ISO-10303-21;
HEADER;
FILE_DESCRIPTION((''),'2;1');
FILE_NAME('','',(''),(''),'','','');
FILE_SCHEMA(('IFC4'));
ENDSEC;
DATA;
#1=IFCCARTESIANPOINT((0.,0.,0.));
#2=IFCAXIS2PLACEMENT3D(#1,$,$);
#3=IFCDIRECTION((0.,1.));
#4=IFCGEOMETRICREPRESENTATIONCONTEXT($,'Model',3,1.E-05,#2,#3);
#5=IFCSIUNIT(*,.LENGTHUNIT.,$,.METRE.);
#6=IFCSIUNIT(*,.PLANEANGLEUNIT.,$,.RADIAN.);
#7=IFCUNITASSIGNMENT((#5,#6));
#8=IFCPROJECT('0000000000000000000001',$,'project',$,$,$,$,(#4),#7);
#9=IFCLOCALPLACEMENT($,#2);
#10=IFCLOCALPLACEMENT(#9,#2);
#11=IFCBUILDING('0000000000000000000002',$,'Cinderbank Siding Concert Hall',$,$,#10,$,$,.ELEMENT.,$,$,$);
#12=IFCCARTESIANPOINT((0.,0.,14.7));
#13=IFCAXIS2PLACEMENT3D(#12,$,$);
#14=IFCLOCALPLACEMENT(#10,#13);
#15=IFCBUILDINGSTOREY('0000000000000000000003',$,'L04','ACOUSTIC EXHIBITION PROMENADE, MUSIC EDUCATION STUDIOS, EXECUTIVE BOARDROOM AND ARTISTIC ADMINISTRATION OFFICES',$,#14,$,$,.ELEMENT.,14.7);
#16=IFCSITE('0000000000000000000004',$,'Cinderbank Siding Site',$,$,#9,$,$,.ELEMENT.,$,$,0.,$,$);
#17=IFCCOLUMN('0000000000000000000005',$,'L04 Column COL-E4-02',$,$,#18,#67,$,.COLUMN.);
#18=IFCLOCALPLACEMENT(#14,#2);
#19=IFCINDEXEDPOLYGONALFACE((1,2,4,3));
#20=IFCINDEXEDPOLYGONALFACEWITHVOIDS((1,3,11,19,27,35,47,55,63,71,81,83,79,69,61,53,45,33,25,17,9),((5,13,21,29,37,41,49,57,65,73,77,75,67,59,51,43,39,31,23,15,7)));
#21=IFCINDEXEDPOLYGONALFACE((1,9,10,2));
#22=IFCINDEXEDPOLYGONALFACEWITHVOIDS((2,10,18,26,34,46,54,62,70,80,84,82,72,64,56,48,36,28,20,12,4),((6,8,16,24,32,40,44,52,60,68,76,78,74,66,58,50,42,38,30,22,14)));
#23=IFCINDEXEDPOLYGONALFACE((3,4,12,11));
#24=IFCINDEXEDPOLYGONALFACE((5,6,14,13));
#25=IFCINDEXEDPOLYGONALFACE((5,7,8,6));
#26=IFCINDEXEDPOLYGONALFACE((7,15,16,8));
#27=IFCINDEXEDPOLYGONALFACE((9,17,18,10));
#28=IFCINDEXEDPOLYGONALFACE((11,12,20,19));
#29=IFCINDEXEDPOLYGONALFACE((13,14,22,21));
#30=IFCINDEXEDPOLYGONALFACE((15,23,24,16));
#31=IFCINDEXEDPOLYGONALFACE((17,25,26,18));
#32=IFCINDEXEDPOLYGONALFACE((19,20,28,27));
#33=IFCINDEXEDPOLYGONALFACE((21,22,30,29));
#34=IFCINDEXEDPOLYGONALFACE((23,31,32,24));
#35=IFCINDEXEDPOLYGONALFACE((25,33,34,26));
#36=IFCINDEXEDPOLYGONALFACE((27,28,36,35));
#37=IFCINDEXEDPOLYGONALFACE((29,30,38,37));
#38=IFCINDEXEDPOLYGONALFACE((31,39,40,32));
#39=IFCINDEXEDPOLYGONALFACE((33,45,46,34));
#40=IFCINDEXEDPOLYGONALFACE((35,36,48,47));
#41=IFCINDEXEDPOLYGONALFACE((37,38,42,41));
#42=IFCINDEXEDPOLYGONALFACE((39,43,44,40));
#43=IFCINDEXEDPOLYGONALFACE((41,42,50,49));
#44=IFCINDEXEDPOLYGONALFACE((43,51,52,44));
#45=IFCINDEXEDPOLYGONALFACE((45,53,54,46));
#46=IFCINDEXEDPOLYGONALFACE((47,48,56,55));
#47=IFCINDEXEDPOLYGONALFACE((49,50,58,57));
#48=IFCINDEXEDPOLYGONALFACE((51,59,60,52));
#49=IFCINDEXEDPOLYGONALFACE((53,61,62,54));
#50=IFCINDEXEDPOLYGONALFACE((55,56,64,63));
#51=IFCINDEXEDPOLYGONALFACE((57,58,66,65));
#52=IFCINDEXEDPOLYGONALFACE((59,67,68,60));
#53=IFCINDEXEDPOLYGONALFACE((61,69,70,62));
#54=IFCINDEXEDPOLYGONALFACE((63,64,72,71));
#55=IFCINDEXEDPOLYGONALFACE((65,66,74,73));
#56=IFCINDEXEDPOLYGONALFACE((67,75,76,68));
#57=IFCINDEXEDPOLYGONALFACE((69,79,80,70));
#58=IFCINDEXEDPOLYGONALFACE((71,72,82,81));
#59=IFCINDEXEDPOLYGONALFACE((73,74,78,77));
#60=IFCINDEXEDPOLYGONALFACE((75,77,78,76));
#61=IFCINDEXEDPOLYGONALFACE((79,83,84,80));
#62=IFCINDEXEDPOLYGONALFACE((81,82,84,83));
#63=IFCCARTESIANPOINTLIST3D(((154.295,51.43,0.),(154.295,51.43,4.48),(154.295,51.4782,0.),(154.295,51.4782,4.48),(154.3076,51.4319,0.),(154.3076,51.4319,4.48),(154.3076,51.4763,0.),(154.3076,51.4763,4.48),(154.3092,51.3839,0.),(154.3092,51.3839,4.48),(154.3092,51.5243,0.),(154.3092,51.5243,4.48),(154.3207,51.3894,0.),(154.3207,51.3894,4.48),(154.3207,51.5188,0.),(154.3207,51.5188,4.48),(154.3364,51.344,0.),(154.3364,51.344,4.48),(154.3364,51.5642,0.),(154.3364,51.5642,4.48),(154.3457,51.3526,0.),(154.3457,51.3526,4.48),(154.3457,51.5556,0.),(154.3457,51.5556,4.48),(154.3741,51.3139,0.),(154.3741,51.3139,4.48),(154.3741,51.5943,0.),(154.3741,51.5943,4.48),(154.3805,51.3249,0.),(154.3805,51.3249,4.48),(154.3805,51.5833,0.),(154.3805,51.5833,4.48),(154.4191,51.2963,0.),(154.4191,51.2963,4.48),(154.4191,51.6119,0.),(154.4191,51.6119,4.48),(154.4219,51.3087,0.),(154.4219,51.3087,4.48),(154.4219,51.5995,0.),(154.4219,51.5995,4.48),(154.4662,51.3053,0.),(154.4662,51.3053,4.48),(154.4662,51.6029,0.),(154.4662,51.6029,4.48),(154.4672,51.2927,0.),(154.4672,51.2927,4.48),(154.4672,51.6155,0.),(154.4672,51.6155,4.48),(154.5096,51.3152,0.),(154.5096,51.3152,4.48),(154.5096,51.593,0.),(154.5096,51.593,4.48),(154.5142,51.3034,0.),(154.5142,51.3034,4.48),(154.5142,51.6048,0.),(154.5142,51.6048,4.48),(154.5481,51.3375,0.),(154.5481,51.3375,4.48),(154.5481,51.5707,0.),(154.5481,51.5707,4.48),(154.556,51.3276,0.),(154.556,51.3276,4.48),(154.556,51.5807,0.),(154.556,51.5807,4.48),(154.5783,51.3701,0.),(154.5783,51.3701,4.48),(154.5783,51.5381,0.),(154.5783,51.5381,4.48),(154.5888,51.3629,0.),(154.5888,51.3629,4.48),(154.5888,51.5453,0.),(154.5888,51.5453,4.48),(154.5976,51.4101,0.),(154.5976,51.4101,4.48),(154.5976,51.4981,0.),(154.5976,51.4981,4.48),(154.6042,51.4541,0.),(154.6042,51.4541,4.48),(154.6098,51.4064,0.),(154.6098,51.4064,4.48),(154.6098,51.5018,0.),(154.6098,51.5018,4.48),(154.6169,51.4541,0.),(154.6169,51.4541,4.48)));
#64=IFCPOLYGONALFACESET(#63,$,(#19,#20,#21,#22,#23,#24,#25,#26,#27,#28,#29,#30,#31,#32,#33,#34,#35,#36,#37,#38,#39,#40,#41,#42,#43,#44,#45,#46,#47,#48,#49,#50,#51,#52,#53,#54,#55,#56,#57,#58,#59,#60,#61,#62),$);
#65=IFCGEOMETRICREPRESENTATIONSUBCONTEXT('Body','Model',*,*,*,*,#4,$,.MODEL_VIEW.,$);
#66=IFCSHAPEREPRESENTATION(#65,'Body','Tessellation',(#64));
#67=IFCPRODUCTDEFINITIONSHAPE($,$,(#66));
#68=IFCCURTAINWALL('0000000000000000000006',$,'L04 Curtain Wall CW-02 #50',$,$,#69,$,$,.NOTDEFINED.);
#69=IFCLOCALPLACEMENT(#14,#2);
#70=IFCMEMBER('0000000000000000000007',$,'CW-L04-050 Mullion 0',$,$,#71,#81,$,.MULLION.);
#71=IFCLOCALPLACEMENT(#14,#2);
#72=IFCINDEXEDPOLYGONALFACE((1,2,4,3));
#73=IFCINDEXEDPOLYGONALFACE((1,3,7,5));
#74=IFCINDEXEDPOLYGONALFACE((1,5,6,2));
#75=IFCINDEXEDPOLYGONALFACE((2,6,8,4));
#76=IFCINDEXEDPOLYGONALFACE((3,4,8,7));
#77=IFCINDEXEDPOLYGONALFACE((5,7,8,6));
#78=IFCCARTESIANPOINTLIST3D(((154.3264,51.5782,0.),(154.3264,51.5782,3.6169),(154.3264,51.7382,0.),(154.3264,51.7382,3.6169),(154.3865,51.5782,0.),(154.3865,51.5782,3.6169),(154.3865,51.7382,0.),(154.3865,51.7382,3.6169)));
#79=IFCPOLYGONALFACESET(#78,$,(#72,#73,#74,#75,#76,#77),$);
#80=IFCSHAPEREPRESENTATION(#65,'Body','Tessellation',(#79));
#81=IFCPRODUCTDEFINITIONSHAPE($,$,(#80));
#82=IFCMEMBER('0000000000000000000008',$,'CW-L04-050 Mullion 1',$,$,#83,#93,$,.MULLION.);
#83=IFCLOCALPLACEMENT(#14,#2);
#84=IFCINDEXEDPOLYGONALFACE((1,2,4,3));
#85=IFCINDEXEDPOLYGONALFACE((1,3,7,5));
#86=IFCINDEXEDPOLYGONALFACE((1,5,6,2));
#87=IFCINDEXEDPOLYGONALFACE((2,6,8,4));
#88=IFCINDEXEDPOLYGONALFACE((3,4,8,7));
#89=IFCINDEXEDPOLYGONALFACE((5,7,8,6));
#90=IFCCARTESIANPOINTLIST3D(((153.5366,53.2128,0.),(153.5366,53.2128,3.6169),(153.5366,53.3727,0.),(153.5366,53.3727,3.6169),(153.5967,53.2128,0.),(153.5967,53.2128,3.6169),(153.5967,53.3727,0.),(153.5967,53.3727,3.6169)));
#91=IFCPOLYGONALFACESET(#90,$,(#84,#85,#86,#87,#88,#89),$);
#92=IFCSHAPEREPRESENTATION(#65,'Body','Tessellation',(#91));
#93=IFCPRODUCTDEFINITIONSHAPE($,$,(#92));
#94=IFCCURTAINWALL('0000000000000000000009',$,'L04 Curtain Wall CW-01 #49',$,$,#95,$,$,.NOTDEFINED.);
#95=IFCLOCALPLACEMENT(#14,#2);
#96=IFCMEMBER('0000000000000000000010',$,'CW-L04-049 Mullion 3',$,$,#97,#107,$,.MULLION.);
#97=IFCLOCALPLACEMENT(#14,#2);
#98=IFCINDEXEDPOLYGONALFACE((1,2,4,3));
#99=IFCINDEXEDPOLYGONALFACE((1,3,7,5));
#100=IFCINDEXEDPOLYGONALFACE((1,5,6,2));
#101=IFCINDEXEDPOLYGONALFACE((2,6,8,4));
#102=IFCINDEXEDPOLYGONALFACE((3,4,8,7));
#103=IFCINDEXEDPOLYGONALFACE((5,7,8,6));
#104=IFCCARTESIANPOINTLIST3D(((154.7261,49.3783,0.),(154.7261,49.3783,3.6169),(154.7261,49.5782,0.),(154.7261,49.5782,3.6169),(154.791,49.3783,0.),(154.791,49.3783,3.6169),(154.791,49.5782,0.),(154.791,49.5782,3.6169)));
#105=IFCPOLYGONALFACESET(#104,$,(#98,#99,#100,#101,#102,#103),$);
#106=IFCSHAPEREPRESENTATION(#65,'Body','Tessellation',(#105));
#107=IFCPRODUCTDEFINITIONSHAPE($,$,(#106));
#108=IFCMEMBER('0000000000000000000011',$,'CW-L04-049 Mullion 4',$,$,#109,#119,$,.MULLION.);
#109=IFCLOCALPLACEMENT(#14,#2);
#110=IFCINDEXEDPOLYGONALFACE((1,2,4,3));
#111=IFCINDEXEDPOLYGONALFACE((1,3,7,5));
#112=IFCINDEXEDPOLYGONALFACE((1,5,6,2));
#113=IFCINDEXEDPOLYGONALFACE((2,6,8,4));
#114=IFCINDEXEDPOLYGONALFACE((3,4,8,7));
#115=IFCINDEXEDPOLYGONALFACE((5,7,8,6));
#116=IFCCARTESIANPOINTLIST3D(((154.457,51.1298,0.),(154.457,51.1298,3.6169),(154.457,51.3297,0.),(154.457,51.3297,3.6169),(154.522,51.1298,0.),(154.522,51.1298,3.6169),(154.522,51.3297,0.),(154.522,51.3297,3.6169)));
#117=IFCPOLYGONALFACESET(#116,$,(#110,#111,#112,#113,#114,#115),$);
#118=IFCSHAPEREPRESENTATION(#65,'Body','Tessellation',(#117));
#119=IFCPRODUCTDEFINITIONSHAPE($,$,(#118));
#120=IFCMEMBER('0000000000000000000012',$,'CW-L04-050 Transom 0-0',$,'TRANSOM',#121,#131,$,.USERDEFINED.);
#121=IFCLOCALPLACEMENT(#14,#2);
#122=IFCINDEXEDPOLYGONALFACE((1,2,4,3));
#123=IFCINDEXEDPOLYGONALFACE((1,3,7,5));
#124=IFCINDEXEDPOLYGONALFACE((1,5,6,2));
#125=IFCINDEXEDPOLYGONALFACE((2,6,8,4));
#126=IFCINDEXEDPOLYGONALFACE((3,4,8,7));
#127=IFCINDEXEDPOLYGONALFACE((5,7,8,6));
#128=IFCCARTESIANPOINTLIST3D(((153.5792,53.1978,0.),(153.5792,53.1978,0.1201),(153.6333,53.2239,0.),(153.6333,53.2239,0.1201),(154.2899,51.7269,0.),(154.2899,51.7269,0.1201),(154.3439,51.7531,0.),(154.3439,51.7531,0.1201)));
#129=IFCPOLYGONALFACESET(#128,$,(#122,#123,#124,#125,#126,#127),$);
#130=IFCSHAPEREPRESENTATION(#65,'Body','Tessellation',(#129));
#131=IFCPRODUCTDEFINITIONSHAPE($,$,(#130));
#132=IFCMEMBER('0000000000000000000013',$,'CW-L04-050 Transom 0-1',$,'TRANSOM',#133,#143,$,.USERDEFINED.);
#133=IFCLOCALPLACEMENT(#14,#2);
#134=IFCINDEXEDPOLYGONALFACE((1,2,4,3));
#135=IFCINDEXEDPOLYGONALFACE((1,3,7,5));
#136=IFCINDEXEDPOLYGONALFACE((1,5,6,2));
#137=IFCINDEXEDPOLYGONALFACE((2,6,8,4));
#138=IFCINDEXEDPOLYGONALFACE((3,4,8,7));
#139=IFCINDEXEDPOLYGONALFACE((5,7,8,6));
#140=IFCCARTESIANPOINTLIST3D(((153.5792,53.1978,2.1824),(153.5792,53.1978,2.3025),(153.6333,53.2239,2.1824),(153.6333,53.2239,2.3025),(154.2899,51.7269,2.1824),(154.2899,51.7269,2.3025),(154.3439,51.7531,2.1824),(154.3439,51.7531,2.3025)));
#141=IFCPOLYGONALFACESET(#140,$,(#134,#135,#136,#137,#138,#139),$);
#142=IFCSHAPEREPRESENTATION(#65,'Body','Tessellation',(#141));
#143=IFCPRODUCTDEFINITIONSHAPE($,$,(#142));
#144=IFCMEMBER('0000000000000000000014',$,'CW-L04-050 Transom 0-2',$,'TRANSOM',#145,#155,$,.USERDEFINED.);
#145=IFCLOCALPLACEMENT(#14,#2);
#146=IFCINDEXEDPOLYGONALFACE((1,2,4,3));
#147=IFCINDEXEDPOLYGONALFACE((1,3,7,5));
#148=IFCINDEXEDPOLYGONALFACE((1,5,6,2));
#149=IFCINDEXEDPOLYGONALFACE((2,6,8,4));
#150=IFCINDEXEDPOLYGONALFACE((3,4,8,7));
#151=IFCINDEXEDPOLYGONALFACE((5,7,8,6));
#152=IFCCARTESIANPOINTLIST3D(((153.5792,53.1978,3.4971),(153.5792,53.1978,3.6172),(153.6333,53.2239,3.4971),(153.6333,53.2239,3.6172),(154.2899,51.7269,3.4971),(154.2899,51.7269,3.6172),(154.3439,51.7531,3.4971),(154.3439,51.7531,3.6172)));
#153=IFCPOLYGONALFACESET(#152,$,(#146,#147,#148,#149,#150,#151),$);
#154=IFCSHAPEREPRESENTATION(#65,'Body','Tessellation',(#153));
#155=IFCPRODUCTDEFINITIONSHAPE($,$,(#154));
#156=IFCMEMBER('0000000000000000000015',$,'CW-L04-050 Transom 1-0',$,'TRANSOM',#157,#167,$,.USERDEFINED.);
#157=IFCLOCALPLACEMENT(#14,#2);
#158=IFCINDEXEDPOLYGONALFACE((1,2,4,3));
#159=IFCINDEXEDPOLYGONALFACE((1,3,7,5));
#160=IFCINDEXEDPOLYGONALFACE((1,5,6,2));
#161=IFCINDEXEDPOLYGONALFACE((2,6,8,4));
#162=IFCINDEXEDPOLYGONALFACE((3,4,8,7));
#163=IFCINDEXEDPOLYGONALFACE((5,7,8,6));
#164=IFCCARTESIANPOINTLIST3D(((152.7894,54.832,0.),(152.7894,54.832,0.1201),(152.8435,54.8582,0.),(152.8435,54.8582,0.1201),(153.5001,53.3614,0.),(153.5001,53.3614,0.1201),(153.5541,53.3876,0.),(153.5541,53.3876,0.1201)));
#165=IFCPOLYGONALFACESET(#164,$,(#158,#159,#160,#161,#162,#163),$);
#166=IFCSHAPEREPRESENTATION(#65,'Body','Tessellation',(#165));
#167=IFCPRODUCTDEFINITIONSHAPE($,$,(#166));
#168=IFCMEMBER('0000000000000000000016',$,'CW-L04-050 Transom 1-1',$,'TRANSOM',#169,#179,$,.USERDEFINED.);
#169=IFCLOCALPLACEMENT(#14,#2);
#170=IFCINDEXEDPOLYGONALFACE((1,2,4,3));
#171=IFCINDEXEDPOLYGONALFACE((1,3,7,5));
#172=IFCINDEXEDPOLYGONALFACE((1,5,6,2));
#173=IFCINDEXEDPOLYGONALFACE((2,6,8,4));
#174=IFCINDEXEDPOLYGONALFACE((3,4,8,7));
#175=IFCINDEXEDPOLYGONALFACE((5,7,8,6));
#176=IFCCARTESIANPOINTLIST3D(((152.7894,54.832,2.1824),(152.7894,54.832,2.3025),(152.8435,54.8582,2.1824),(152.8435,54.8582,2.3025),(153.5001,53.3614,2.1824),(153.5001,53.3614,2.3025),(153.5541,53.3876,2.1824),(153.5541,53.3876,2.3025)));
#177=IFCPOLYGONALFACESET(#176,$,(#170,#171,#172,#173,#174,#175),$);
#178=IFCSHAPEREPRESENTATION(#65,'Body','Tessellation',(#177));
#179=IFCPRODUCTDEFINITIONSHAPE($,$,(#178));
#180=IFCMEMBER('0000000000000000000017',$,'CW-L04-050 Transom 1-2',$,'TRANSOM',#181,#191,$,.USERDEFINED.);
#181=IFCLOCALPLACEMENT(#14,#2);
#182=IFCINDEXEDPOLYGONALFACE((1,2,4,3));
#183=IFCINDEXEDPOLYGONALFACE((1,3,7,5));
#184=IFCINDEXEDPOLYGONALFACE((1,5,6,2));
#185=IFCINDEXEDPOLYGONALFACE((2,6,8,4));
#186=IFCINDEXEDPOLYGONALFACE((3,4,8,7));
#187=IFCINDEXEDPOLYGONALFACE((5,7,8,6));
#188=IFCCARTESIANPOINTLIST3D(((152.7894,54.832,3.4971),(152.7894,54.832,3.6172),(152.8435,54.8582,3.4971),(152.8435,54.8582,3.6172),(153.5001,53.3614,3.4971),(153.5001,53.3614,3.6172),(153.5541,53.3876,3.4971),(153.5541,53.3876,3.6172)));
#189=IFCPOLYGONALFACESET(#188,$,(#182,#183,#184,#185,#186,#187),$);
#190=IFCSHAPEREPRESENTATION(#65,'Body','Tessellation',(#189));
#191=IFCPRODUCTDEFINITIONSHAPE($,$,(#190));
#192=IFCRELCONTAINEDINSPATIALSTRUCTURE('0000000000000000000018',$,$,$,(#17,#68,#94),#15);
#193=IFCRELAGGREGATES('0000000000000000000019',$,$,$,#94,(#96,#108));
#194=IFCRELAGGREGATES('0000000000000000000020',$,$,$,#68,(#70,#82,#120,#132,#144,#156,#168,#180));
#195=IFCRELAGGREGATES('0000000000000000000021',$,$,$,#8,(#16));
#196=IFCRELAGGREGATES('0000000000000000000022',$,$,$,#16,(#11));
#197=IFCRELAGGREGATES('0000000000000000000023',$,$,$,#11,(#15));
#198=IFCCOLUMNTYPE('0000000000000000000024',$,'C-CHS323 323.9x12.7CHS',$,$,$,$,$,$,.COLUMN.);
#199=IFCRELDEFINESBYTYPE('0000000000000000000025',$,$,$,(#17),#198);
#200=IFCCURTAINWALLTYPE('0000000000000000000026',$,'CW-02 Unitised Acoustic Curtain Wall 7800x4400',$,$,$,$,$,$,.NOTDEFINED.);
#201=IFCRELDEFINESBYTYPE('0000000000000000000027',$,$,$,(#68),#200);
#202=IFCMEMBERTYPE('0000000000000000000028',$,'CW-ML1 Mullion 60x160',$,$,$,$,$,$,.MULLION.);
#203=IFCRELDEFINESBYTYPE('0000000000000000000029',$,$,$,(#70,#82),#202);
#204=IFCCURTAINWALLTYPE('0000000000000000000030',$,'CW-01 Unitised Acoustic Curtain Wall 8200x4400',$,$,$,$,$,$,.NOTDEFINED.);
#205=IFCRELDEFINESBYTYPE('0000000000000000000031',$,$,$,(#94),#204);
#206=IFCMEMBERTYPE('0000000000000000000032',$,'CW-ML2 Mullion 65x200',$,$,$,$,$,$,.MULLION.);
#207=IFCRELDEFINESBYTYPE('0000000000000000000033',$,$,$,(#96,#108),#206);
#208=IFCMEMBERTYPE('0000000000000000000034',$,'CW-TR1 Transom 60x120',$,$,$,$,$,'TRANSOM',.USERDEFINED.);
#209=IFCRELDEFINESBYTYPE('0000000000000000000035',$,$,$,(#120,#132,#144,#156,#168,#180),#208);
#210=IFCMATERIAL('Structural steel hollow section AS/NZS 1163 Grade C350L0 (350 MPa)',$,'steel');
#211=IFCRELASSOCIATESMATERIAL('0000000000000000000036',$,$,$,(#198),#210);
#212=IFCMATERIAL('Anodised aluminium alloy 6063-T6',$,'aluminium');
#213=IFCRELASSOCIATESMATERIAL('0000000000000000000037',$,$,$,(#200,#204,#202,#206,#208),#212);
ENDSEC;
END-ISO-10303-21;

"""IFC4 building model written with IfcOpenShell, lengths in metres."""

from ifc_helpers import new_model, si_unit, direction, frame, origin, origin_2d, place, context, subcontext, project, spatial, rectangle, hollow_circle, extrude, material, material_profile, profile_set, type_object, element, aggregate, save


model = new_model("IFC4")

# Units and contexts
model_context = context("Model", 3, precision=1e-05, world=origin(), true_north=direction((0.0, 1.0)))
body_context = subcontext(model_context, "Body", "Model", "MODEL_VIEW")
ifc_project = project(units=[si_unit("LENGTHUNIT", "METRE"), si_unit("PLANEANGLEUNIT", "RADIAN")], contexts=[model_context])

# Site, building, storey
site_placement = place(None, origin())
site = spatial("IfcSite", under=ifc_project, at=site_placement, Name="Cinderbank Siding Site", CompositionType="ELEMENT", RefElevation=0.0)
building_placement = place(site_placement, origin())
building = spatial("IfcBuilding", under=site, at=building_placement, Name="Cinderbank Siding Concert Hall", CompositionType="ELEMENT")
storey_placement = place(building_placement, frame((0.0, 0.0, 14.7)))
storey = spatial("IfcBuildingStorey", under=building, at=storey_placement, Name="L04", Description="ACOUSTIC EXHIBITION PROMENADE, MUSIC EDUCATION STUDIOS, EXECUTIVE BOARDROOM AND ARTISTIC ADMINISTRATION OFFICES", CompositionType="ELEMENT", Elevation=14.7)

# Column
ifc_material_1 = material(Name="Structural steel hollow section AS/NZS 1163 Grade C350L0 (350 MPa)", Category="steel")
ifc_material_profile_1 = material_profile(ifc_material_1, hollow_circle(Radius=0.1619, WallThickness=0.0127, at=origin_2d()), Name="323.9x12.7CHS", Category="LoadBearing")
ifc_profile_set_1 = profile_set([ifc_material_profile_1], Name="Structural steel hollow section AS/NZS 1163 Grade C350L0 (350 MPa)")
column_type = type_object("IfcColumnType", Name="C-CHS323 323.9x12.7CHS", PredefinedType="COLUMN", material=ifc_profile_set_1)
column_placement = place(storey_placement, frame((154.4551, 51.4541, 0.0), z_axis=(0.0, 0.0, 1.0), x_axis=(1.0, 0.0, 0.0)))
element("IfcColumn", 1, at=column_placement, inside=storey, type_object=column_type, Name="L04 Column COL-E4-02", PredefinedType="COLUMN", context=body_context, shape_type="SweptSolid", body=[
    extrude(hollow_circle(Radius=0.1619, WallThickness=0.0127, at=origin_2d()), origin(), (0.0, 0.0, 1.0), 4.48),
])

# Curtain walls, members
ifc_material_2 = material(Name="Anodised aluminium alloy 6063-T6", Category="aluminium")
curtain_wall_type_1 = type_object("IfcCurtainWallType", Name="CW-02 Unitised Acoustic Curtain Wall 7800x4400", PredefinedType="NOTDEFINED", material=ifc_material_2)
curtain_wall_1_placement = place(storey_placement, origin())
curtain_wall_1 = element("IfcCurtainWall", 2, at=curtain_wall_1_placement, inside=storey, type_object=curtain_wall_type_1, Name="L04 Curtain Wall CW-02 #50", PredefinedType="NOTDEFINED")
ifc_material_profile_2 = material_profile(ifc_material_2, rectangle(XDim=0.0601, YDim=0.1599, at=origin_2d()), Name="ALU-MULL-60x160", Category="LoadBearing")
ifc_profile_set_2 = profile_set([ifc_material_profile_2], Name="Anodised aluminium alloy 6063-T6")
member_type_1 = type_object("IfcMemberType", Name="CW-ML1 Mullion 60x160", PredefinedType="MULLION", material=ifc_profile_set_2)
member_1_placement = place(storey_placement, frame((154.3564, 51.6582, 0.0), z_axis=(0.0, 0.0, 1.0), x_axis=(1.0, 0.0, 0.0)))
member_1 = element("IfcMember", 3, at=member_1_placement, type_object=member_type_1, Name="CW-L04-050 Mullion 0", PredefinedType="MULLION", context=body_context, shape_type="SweptSolid", body=[
    extrude(rectangle(XDim=0.0601, YDim=0.1599, at=origin_2d()), origin(), (0.0, 0.0, 1.0), 3.6169),
])
member_2_placement = place(storey_placement, frame((153.5667, 53.2927, 0.0), z_axis=(0.0, 0.0, 1.0), x_axis=(1.0, 0.0, 0.0)))
member_2 = element("IfcMember", 4, at=member_2_placement, type_object=member_type_1, Name="CW-L04-050 Mullion 1", PredefinedType="MULLION", context=body_context, shape_type="SweptSolid", body=[
    extrude(rectangle(XDim=0.0601, YDim=0.1599, at=origin_2d()), origin(), (0.0, 0.0, 1.0), 3.6169),
])
curtain_wall_type_2 = type_object("IfcCurtainWallType", Name="CW-01 Unitised Acoustic Curtain Wall 8200x4400", PredefinedType="NOTDEFINED", material=ifc_material_2)
curtain_wall_2_placement = place(storey_placement, origin())
curtain_wall_2 = element("IfcCurtainWall", 5, at=curtain_wall_2_placement, inside=storey, type_object=curtain_wall_type_2, Name="L04 Curtain Wall CW-01 #49", PredefinedType="NOTDEFINED")
ifc_material_profile_3 = material_profile(ifc_material_2, rectangle(XDim=0.0649, YDim=0.2, at=origin_2d()), Name="ALU-MULL-65x200", Category="LoadBearing")
ifc_profile_set_3 = profile_set([ifc_material_profile_3], Name="Anodised aluminium alloy 6063-T6")
member_type_2 = type_object("IfcMemberType", Name="CW-ML2 Mullion 65x200", PredefinedType="MULLION", material=ifc_profile_set_3)
member_3_placement = place(storey_placement, frame((154.7585, 49.4783, 0.0), z_axis=(0.0, 0.0, 1.0), x_axis=(1.0, 0.0, 0.0)))
member_3 = element("IfcMember", 6, at=member_3_placement, type_object=member_type_2, Name="CW-L04-049 Mullion 3", PredefinedType="MULLION", context=body_context, shape_type="SweptSolid", body=[
    extrude(rectangle(XDim=0.0649, YDim=0.2, at=origin_2d()), origin(), (0.0, 0.0, 1.0), 3.6169),
])
member_4_placement = place(storey_placement, frame((154.4895, 51.2297, 0.0), z_axis=(0.0, 0.0, 1.0), x_axis=(1.0, 0.0, 0.0)))
member_4 = element("IfcMember", 7, at=member_4_placement, type_object=member_type_2, Name="CW-L04-049 Mullion 4", PredefinedType="MULLION", context=body_context, shape_type="SweptSolid", body=[
    extrude(rectangle(XDim=0.0649, YDim=0.2, at=origin_2d()), origin(), (0.0, 0.0, 1.0), 3.6169),
])

# Members
ifc_material_profile_4 = material_profile(ifc_material_2, rectangle(XDim=0.0601, YDim=0.1201, at=origin_2d()), Name="ALU-TRAN-60x120", Category="LoadBearing")
ifc_profile_set_4 = profile_set([ifc_material_profile_4], Name="Anodised aluminium alloy 6063-T6")
member_type_3 = type_object("IfcMemberType", Name="CW-TR1 Transom 60x120", ElementType="TRANSOM", PredefinedType="USERDEFINED", material=ifc_profile_set_4)
member_5_placement = place(storey_placement, frame((154.3169, 51.74, 0.0601), z_axis=(-0.435037, 0.900412, 0.0), x_axis=(-0.900412, -0.435037, 0.0)))
member_5 = element("IfcMember", 8, at=member_5_placement, type_object=member_type_3, Name="CW-L04-050 Transom 0-0", ObjectType="TRANSOM", PredefinedType="USERDEFINED", context=body_context, shape_type="SweptSolid", body=[
    extrude(rectangle(XDim=0.0601, YDim=0.1201, at=origin_2d()), origin(), (0.0, 0.0, 1.0), 1.6335),
])
member_6_placement = place(storey_placement, frame((154.3169, 51.74, 2.2424), z_axis=(-0.435037, 0.900412, 0.0), x_axis=(-0.900412, -0.435037, 0.0)))
member_6 = element("IfcMember", 9, at=member_6_placement, type_object=member_type_3, Name="CW-L04-050 Transom 0-1", ObjectType="TRANSOM", PredefinedType="USERDEFINED", context=body_context, shape_type="SweptSolid", body=[
    extrude(rectangle(XDim=0.0601, YDim=0.1201, at=origin_2d()), origin(), (0.0, 0.0, 1.0), 1.6335),
])
member_7_placement = place(storey_placement, frame((154.3169, 51.74, 3.5571), z_axis=(-0.435037, 0.900412, 0.0), x_axis=(-0.900412, -0.435037, 0.0)))
member_7 = element("IfcMember", 10, at=member_7_placement, type_object=member_type_3, Name="CW-L04-050 Transom 0-2", ObjectType="TRANSOM", PredefinedType="USERDEFINED", context=body_context, shape_type="SweptSolid", body=[
    extrude(rectangle(XDim=0.0601, YDim=0.1201, at=origin_2d()), origin(), (0.0, 0.0, 1.0), 1.6335),
])
member_8_placement = place(storey_placement, frame((153.5271, 53.3745, 0.0601), z_axis=(-0.435096, 0.900384, 0.0), x_axis=(-0.900384, -0.435096, 0.0)))
member_8 = element("IfcMember", 11, at=member_8_placement, type_object=member_type_3, Name="CW-L04-050 Transom 1-0", ObjectType="TRANSOM", PredefinedType="USERDEFINED", context=body_context, shape_type="SweptSolid", body=[
    extrude(rectangle(XDim=0.0601, YDim=0.1201, at=origin_2d()), origin(), (0.0, 0.0, 1.0), 1.6333),
])
member_9_placement = place(storey_placement, frame((153.5271, 53.3745, 2.2424), z_axis=(-0.435096, 0.900384, 0.0), x_axis=(-0.900384, -0.435096, 0.0)))
member_9 = element("IfcMember", 12, at=member_9_placement, type_object=member_type_3, Name="CW-L04-050 Transom 1-1", ObjectType="TRANSOM", PredefinedType="USERDEFINED", context=body_context, shape_type="SweptSolid", body=[
    extrude(rectangle(XDim=0.0601, YDim=0.1201, at=origin_2d()), origin(), (0.0, 0.0, 1.0), 1.6333),
])
member_10_placement = place(storey_placement, frame((153.5271, 53.3745, 3.5571), z_axis=(-0.435096, 0.900384, 0.0), x_axis=(-0.900384, -0.435096, 0.0)))
member_10 = element("IfcMember", 13, at=member_10_placement, type_object=member_type_3, Name="CW-L04-050 Transom 1-2", ObjectType="TRANSOM", PredefinedType="USERDEFINED", context=body_context, shape_type="SweptSolid", body=[
    extrude(rectangle(XDim=0.0601, YDim=0.1201, at=origin_2d()), origin(), (0.0, 0.0, 1.0), 1.6333),
])

aggregate(curtain_wall_2, [member_3, member_4])
aggregate(curtain_wall_1, [member_1, member_2, member_5, member_6, member_7, member_8, member_9, member_10])

save(model, "model.ifc")
